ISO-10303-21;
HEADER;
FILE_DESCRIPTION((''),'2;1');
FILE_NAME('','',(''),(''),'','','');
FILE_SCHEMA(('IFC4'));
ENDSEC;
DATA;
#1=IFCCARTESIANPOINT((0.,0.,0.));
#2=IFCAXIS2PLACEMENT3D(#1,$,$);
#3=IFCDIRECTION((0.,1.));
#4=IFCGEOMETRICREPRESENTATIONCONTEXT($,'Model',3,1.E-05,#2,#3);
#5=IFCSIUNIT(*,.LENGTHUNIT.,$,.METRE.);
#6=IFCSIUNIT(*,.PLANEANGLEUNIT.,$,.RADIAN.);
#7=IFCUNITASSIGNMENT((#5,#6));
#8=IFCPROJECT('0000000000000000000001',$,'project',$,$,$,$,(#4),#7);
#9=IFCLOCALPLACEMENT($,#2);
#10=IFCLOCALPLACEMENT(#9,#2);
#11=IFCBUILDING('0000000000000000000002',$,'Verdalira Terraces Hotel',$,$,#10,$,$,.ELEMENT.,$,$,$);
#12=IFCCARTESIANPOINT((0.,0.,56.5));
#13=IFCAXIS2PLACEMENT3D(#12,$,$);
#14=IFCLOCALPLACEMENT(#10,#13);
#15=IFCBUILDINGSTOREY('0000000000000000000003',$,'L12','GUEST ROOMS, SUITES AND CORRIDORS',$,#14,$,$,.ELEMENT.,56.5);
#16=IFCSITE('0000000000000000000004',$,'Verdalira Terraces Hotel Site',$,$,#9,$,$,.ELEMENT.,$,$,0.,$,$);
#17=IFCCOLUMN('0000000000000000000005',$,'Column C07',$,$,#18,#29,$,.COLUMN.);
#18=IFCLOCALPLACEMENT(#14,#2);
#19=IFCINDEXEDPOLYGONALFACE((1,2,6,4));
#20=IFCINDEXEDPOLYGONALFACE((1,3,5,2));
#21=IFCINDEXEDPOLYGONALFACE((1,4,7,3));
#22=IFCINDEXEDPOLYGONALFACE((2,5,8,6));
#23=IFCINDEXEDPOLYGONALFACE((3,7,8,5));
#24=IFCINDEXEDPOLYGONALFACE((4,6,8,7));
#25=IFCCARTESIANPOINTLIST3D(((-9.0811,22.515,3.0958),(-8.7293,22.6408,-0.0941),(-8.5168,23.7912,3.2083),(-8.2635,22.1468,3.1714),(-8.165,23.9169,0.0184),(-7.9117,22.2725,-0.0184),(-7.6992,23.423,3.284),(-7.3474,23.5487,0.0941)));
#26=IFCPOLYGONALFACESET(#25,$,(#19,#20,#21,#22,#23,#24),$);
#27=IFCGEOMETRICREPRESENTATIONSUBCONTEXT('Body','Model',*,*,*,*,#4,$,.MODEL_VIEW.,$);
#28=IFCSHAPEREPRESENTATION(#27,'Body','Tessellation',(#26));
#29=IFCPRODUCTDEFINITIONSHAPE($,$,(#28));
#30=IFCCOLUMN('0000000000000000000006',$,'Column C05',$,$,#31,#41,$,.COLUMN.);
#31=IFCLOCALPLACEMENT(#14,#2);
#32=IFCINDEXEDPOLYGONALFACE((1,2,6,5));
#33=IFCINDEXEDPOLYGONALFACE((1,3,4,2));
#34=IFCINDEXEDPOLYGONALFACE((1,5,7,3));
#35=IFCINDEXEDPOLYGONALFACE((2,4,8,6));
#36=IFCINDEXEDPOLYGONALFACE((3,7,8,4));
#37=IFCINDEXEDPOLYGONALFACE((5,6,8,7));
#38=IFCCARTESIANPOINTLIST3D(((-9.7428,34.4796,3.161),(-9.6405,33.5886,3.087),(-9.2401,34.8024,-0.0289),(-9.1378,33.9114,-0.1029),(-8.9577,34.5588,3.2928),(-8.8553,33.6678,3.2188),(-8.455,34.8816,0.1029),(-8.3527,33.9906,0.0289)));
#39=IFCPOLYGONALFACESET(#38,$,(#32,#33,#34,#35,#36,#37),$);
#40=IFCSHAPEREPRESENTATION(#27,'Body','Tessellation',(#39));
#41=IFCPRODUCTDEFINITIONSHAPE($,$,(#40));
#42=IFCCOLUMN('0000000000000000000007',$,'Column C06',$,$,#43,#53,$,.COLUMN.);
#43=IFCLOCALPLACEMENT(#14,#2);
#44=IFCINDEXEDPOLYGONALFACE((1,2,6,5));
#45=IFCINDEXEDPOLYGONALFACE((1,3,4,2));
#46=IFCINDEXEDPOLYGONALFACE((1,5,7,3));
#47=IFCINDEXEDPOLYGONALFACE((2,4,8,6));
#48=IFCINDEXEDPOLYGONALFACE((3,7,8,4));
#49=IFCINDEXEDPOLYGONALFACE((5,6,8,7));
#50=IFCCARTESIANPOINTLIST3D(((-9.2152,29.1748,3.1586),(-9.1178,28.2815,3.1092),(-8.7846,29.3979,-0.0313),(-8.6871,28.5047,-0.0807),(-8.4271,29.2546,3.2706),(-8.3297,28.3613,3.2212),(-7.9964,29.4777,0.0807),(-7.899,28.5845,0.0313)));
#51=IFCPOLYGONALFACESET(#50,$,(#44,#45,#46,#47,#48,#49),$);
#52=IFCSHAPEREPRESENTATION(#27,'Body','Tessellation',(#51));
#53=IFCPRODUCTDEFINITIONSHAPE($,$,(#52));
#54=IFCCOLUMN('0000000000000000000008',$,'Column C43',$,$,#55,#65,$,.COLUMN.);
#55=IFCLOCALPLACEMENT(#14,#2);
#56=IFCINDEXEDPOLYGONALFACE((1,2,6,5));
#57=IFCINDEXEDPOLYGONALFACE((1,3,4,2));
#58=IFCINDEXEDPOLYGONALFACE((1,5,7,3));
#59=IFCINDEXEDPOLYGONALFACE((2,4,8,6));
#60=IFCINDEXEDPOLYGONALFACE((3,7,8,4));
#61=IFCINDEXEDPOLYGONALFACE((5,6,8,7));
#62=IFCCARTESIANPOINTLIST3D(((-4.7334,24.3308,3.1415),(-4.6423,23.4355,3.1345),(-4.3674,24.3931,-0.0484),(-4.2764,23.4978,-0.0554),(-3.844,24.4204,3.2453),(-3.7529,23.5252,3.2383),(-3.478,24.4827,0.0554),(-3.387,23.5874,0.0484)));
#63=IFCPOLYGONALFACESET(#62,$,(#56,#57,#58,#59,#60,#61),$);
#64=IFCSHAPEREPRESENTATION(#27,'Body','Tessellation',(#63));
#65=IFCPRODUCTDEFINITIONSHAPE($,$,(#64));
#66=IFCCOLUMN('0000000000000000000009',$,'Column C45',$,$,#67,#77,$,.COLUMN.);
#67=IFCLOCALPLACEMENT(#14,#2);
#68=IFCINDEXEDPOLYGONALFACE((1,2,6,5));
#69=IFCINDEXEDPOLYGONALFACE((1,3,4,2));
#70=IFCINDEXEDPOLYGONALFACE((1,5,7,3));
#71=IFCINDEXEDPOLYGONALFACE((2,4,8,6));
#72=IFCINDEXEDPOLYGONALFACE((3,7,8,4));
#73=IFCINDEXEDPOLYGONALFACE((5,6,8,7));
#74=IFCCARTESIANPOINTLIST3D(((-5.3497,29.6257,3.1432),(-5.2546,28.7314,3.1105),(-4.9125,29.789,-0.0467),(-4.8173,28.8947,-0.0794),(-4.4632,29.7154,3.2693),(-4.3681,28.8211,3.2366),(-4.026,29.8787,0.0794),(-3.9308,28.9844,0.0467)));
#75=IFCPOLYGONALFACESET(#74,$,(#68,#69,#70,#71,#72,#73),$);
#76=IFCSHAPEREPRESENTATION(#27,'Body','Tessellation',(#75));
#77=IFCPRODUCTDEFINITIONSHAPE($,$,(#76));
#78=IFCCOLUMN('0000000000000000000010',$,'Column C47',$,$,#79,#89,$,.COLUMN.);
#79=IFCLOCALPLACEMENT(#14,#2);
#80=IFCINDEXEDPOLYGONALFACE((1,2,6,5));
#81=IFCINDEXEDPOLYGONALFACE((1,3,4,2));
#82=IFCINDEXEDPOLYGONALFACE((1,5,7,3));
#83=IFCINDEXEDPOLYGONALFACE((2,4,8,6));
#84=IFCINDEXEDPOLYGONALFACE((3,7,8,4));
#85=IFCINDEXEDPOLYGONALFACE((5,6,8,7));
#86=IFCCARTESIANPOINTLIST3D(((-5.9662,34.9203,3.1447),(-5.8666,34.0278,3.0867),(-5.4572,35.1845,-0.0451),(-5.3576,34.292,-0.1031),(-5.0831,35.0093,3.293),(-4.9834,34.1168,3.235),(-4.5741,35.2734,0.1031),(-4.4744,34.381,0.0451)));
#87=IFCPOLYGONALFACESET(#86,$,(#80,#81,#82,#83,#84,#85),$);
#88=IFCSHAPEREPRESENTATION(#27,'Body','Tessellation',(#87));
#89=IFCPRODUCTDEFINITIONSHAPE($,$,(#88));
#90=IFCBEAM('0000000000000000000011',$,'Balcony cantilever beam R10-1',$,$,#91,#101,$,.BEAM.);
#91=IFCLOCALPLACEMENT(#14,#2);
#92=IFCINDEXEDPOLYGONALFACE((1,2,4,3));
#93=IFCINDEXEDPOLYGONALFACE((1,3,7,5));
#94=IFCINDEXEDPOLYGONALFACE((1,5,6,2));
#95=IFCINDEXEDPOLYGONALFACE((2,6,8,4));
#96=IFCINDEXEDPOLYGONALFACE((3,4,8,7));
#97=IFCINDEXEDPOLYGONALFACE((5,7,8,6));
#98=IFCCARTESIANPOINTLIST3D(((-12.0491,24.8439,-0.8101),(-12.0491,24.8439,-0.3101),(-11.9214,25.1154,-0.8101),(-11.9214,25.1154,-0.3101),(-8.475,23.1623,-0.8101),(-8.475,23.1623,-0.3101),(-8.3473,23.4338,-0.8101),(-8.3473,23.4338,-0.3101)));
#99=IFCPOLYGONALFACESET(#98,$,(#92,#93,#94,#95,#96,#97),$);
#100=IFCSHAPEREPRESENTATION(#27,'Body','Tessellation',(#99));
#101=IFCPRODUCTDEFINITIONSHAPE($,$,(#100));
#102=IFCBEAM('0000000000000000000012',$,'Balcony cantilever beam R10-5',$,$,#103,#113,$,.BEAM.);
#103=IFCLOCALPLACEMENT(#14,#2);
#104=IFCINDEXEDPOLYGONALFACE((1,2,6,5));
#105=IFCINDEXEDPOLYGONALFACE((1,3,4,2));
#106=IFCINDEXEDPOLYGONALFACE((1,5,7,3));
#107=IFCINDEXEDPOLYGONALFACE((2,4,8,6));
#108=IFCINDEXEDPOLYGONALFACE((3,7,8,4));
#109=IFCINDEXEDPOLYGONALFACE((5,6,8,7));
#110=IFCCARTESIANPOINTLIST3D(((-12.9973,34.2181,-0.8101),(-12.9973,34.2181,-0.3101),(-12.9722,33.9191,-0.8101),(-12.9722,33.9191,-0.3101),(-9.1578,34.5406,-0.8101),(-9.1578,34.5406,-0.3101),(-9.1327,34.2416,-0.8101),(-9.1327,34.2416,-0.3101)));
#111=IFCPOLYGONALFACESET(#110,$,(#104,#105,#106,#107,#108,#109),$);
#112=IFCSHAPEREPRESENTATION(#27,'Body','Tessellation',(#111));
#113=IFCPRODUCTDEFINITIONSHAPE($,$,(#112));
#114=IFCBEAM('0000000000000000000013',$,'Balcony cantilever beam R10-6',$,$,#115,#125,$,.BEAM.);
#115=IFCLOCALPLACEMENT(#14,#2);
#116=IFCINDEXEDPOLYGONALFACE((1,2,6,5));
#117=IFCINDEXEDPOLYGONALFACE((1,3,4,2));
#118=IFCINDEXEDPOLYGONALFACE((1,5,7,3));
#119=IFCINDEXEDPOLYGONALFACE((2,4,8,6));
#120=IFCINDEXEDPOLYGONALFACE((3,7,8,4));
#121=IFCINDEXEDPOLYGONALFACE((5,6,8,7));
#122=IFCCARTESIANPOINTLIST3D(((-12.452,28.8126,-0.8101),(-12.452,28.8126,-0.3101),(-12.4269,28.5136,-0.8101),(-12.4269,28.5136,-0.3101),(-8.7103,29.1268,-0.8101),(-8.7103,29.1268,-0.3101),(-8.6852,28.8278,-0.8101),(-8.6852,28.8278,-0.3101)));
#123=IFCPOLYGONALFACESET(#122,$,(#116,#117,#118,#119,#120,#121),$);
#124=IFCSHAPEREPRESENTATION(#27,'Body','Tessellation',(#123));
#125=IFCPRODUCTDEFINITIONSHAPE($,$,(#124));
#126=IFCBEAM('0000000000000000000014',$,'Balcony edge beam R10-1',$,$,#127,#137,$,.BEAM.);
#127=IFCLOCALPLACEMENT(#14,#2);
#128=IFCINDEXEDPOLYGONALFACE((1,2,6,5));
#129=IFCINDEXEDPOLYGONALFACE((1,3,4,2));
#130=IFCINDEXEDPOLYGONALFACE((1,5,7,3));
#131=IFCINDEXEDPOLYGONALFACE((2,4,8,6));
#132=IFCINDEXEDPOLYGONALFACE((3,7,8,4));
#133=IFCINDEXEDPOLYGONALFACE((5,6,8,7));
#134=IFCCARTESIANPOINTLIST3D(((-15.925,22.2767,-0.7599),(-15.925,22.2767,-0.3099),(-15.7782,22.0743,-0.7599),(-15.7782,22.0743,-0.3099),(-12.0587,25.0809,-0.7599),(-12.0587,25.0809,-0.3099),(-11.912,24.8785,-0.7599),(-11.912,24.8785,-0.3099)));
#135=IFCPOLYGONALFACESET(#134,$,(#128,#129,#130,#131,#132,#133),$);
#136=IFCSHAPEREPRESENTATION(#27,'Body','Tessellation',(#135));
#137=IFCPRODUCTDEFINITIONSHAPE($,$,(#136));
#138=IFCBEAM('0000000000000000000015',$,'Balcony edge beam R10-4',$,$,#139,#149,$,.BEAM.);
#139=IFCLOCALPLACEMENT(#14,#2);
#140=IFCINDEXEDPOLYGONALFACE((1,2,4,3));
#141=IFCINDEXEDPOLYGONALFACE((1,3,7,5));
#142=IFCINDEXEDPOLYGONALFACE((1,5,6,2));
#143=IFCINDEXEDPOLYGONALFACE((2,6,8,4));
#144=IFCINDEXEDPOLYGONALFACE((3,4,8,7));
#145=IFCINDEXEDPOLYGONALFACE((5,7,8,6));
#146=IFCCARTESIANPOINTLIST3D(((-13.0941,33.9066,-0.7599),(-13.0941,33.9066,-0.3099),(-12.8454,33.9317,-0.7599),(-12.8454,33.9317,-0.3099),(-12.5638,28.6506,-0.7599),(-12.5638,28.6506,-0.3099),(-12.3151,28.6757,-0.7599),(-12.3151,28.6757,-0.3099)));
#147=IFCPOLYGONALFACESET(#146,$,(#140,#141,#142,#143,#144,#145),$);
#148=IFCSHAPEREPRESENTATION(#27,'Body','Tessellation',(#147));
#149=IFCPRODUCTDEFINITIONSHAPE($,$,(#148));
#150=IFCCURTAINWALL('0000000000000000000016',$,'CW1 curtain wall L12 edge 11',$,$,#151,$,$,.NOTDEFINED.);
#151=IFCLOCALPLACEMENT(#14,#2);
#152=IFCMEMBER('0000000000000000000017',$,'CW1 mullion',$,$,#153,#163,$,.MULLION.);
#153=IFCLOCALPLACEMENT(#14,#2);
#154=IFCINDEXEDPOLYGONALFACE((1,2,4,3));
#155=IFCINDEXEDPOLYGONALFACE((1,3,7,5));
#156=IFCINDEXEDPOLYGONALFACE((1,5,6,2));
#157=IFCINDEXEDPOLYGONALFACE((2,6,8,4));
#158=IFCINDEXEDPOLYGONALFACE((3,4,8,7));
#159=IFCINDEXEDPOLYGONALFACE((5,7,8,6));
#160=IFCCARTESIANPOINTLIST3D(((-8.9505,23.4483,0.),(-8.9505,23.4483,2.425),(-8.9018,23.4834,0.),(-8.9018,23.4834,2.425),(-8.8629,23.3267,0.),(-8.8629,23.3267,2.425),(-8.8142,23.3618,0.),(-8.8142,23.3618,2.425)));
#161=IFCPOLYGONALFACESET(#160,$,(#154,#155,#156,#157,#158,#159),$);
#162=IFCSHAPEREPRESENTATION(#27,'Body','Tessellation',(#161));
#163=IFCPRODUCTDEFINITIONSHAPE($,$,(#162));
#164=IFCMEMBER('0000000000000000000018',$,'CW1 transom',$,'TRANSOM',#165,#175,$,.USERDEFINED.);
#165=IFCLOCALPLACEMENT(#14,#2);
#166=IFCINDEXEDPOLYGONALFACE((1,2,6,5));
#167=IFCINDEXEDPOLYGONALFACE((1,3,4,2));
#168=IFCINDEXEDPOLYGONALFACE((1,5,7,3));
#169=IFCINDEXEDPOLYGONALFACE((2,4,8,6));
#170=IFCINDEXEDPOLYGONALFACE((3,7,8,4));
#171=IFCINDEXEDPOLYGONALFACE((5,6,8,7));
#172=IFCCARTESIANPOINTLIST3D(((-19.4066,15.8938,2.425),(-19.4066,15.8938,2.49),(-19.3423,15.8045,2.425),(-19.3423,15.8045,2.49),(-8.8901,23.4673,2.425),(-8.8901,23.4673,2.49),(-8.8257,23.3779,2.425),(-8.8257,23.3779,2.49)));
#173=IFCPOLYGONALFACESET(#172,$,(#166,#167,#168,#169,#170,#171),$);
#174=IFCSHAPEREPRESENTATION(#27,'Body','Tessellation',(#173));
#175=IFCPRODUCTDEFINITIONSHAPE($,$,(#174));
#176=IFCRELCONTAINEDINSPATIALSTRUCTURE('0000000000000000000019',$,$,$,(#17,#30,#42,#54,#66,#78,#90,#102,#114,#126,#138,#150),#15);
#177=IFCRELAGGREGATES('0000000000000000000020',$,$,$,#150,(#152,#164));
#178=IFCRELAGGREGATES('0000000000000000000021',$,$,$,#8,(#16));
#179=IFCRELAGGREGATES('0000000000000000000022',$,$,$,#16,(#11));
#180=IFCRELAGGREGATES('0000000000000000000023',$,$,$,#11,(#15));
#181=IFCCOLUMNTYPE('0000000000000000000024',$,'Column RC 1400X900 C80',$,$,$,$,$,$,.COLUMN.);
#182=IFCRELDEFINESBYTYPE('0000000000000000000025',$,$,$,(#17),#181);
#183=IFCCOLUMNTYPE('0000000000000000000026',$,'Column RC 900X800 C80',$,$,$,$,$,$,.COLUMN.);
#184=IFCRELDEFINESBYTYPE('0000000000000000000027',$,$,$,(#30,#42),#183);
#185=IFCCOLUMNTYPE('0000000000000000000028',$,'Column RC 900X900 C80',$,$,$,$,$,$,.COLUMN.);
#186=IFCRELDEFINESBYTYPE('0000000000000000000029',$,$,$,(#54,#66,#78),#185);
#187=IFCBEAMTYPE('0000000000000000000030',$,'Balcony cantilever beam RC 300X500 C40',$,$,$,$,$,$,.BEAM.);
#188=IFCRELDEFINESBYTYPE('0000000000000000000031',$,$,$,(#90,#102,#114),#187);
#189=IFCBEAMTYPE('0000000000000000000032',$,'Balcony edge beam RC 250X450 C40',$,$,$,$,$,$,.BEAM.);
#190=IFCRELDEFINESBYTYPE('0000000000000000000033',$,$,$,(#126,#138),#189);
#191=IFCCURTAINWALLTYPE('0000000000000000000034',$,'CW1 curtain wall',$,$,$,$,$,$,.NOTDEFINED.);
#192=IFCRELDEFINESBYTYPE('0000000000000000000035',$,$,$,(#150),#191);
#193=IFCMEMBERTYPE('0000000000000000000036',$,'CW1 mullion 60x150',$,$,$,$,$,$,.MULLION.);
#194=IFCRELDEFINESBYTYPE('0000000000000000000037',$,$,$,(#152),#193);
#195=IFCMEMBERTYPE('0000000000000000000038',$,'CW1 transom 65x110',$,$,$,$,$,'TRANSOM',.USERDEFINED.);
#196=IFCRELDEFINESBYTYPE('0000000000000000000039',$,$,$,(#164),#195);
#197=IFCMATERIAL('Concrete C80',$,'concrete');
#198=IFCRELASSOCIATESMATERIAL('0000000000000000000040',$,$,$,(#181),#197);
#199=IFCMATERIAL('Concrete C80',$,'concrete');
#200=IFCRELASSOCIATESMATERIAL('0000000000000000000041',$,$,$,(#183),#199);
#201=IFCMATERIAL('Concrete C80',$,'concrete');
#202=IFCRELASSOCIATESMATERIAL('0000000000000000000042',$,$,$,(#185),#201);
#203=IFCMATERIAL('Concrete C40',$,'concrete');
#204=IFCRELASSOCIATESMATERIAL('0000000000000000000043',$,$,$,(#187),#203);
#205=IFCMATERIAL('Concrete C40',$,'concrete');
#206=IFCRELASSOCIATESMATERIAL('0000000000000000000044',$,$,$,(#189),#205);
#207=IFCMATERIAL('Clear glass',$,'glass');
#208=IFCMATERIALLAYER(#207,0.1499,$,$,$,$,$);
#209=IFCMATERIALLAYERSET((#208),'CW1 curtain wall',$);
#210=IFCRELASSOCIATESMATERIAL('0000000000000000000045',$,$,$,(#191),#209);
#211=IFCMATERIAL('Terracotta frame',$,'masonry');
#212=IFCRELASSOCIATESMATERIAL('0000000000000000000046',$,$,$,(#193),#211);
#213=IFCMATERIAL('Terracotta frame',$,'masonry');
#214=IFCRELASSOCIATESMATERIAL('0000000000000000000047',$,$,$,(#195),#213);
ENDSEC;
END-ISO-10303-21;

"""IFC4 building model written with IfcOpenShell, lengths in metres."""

from ifc_helpers import new_model, si_unit, direction, frame, origin, origin_2d, place, context, subcontext, project, spatial, rectangle, extrude, material, layer, layer_set, material_profile, profile_set, type_object, element, aggregate, save


model = new_model("IFC4")

# Units and contexts
model_context = context("Model", 3, precision=1e-05, world=origin(), true_north=direction((0.0, 1.0)))
body_context = subcontext(model_context, "Body", "Model", "MODEL_VIEW")
ifc_project = project(units=[si_unit("LENGTHUNIT", "METRE"), si_unit("PLANEANGLEUNIT", "RADIAN")], contexts=[model_context])

# Site, building, storey
site_placement = place(None, origin())
site = spatial("IfcSite", under=ifc_project, at=site_placement, Name="Verdalira Terraces Hotel Site", CompositionType="ELEMENT", RefElevation=0.0)
building_placement = place(site_placement, origin())
building = spatial("IfcBuilding", under=site, at=building_placement, Name="Verdalira Terraces Hotel", CompositionType="ELEMENT")
storey_placement = place(building_placement, frame((0.0, 0.0, 56.5)))
storey = spatial("IfcBuildingStorey", under=building, at=storey_placement, Name="L12", Description="GUEST ROOMS, SUITES AND CORRIDORS", CompositionType="ELEMENT", Elevation=56.5)

# Columns
ifc_material_1 = material(Name="Concrete C80", Category="concrete")
ifc_material_profile_1 = material_profile(ifc_material_1, rectangle(XDim=1.3999, YDim=0.8999, at=origin_2d()), Name="RC 1400X900")
ifc_profile_set_1 = profile_set([ifc_material_profile_1], Name="Concrete C80")
column_type_1 = type_object("IfcColumnType", Name="Column RC 1400X900 C80", PredefinedType="COLUMN", material=ifc_profile_set_1)
column_1_placement = place(storey_placement, frame((-8.0383, 23.0947, 0.0), z_axis=(-0.109538, -0.039148, 0.993211), x_axis=(0.403114, 0.911612, 0.080389)))
element("IfcColumn", 1, at=column_1_placement, inside=storey, type_object=column_type_1, Name="Column C07", PredefinedType="COLUMN", context=body_context, shape_type="SweptSolid", body=[
    extrude(rectangle(XDim=1.3999, YDim=0.8999, at=origin_2d()), origin(), (0.0, 0.0, 1.0), 3.2117),
])
ifc_material_2 = material(Name="Concrete C80", Category="concrete")
ifc_material_profile_2 = material_profile(ifc_material_2, rectangle(XDim=0.8999, YDim=0.8, at=origin_2d()), Name="RC 900X800")
ifc_profile_set_2 = profile_set([ifc_material_profile_2], Name="Concrete C80")
column_type_2 = type_object("IfcColumnType", Name="Column RC 900X800 C80", PredefinedType="COLUMN", material=ifc_profile_set_2)
column_2_placement = place(storey_placement, frame((-8.7964, 34.3965, 0.0), z_axis=(-0.154892, -0.09945, 0.982913), x_axis=(0.113706, -0.990103, -0.082259)))
element("IfcColumn", 2, at=column_2_placement, inside=storey, type_object=column_type_2, Name="Column C05", PredefinedType="COLUMN", context=body_context, shape_type="SweptSolid", body=[
    extrude(rectangle(XDim=0.8999, YDim=0.8, at=origin_2d()), origin(), (0.0, 0.0, 1.0), 3.2454),
])
column_3_placement = place(storey_placement, frame((-8.3418, 28.9912, 0.0), z_axis=(-0.133473, -0.069158, 0.988637), x_axis=(0.108284, -0.992608, -0.054816)))
element("IfcColumn", 3, at=column_3_placement, inside=storey, type_object=column_type_2, Name="Column C06", PredefinedType="COLUMN", context=body_context, shape_type="SweptSolid", body=[
    extrude(rectangle(XDim=0.8999, YDim=0.8, at=origin_2d()), origin(), (0.0, 0.0, 1.0), 3.2266),
])
ifc_material_3 = material(Name="Concrete C80", Category="concrete")
ifc_material_profile_3 = material_profile(ifc_material_3, rectangle(XDim=0.8999, YDim=0.8999, at=origin_2d()), Name="RC 900X900")
ifc_profile_set_3 = profile_set([ifc_material_profile_3], Name="Concrete C80")
column_type_3 = type_object("IfcColumnType", Name="Column RC 900X900 C80", PredefinedType="COLUMN", material=ifc_profile_set_3)
column_4_placement = place(storey_placement, frame((-3.8772, 23.9902, 0.0), z_axis=(-0.113956, -0.019385, 0.993297), x_axis=(-0.101151, 0.99484, 0.007811)))
element("IfcColumn", 4, at=column_4_placement, inside=storey, type_object=column_type_3, Name="Column C43", PredefinedType="COLUMN", context=body_context, shape_type="SweptSolid", body=[
    extrude(rectangle(XDim=0.8999, YDim=0.8999, at=origin_2d()), origin(), (0.0, 0.0, 1.0), 3.2114),
])
column_5_placement = place(storey_placement, frame((-4.4216, 29.3867, 0.0), z_axis=(-0.135629, -0.050662, 0.989464), x_axis=(-0.105731, 0.993729, 0.036388)))
element("IfcColumn", 5, at=column_5_placement, inside=storey, type_object=column_type_3, Name="Column C45", PredefinedType="COLUMN", context=body_context, shape_type="SweptSolid", body=[
    extrude(rectangle(XDim=0.8999, YDim=0.8999, at=origin_2d()), origin(), (0.0, 0.0, 1.0), 3.2239),
])
column_6_placement = place(storey_placement, frame((-4.9658, 34.7827, 0.0), z_axis=(-0.157056, -0.081504, 0.984221), x_axis=(-0.110747, 0.991756, 0.064455)))
element("IfcColumn", 6, at=column_6_placement, inside=storey, type_object=column_type_3, Name="Column C47", PredefinedType="COLUMN", context=body_context, shape_type="SweptSolid", body=[
    extrude(rectangle(XDim=0.8999, YDim=0.8999, at=origin_2d()), origin(), (0.0, 0.0, 1.0), 3.241),
])

# Beams
ifc_material_4 = material(Name="Concrete C40", Category="concrete")
ifc_material_profile_4 = material_profile(ifc_material_4, rectangle(XDim=0.3, YDim=0.5, at=origin_2d()), Name="RC 300X500")
ifc_profile_set_4 = profile_set([ifc_material_profile_4], Name="Concrete C40")
beam_type_1 = type_object("IfcBeamType", Name="Balcony cantilever beam RC 300X500 C40", PredefinedType="BEAM", material=ifc_profile_set_4)
beam_1_placement = place(storey_placement, frame((-8.4111, 23.2981, -0.5601), z_axis=(-0.904852, 0.425726, 0.0), x_axis=(-0.425726, -0.904852, 0.0)))
element("IfcBeam", 7, at=beam_1_placement, inside=storey, type_object=beam_type_1, Name="Balcony cantilever beam R10-1", PredefinedType="BEAM", context=body_context, shape_type="SweptSolid", body=[
    extrude(rectangle(XDim=0.3, YDim=0.5, at=origin_2d()), origin(), (0.0, 0.0, 1.0), 3.95),
])
beam_2_placement = place(storey_placement, frame((-9.1453, 34.3911, -0.5601), z_axis=(-0.996491, -0.083701, 0.0), x_axis=(0.083701, -0.996491, 0.0)))
element("IfcBeam", 8, at=beam_2_placement, inside=storey, type_object=beam_type_1, Name="Balcony cantilever beam R10-5", PredefinedType="BEAM", context=body_context, shape_type="SweptSolid", body=[
    extrude(rectangle(XDim=0.3, YDim=0.5, at=origin_2d()), origin(), (0.0, 0.0, 1.0), 3.853),
])
beam_3_placement = place(storey_placement, frame((-8.6978, 28.9773, -0.5601), z_axis=(-0.996493, -0.08368, 0.0), x_axis=(0.08368, -0.996493, 0.0)))
element("IfcBeam", 9, at=beam_3_placement, inside=storey, type_object=beam_type_1, Name="Balcony cantilever beam R10-6", PredefinedType="BEAM", context=body_context, shape_type="SweptSolid", body=[
    extrude(rectangle(XDim=0.3, YDim=0.5, at=origin_2d()), origin(), (0.0, 0.0, 1.0), 3.7549),
])
ifc_material_5 = material(Name="Concrete C40", Category="concrete")
ifc_material_profile_5 = material_profile(ifc_material_5, rectangle(XDim=0.25, YDim=0.45, at=origin_2d()), Name="RC 250X450")
ifc_profile_set_5 = profile_set([ifc_material_profile_5], Name="Concrete C40")
beam_type_2 = type_object("IfcBeamType", Name="Balcony edge beam RC 250X450 C40", PredefinedType="BEAM", material=ifc_profile_set_5)
beam_4_placement = place(storey_placement, frame((-11.9854, 24.9797, -0.5349), z_axis=(-0.809491, -0.587132, 0.0), x_axis=(0.587132, -0.809491, 0.0)))
element("IfcBeam", 10, at=beam_4_placement, inside=storey, type_object=beam_type_2, Name="Balcony edge beam R10-1", PredefinedType="BEAM", context=body_context, shape_type="SweptSolid", body=[
    extrude(rectangle(XDim=0.25, YDim=0.45, at=origin_2d()), origin(), (0.0, 0.0, 1.0), 4.7761),
])
beam_5_placement = place(storey_placement, frame((-12.9697, 33.9192, -0.5349), z_axis=(0.100378, -0.994949, 0.0), x_axis=(0.994949, 0.100378, 0.0)))
element("IfcBeam", 11, at=beam_5_placement, inside=storey, type_object=beam_type_2, Name="Balcony edge beam R10-4", PredefinedType="BEAM", context=body_context, shape_type="SweptSolid", body=[
    extrude(rectangle(XDim=0.25, YDim=0.45, at=origin_2d()), origin(), (0.0, 0.0, 1.0), 5.2827),
])

# Curtain wall, members
ifc_material_6 = material(Name="Clear glass", Category="glass")
ifc_layer_1 = layer(ifc_material_6, 0.1499)
ifc_layer_set_1 = layer_set([ifc_layer_1], Name="CW1 curtain wall")
curtain_wall_type_1 = type_object("IfcCurtainWallType", Name="CW1 curtain wall", PredefinedType="NOTDEFINED", material=ifc_layer_set_1)
curtain_wall_1_placement = place(storey_placement, origin())
curtain_wall_1 = element("IfcCurtainWall", 12, at=curtain_wall_1_placement, inside=storey, type_object=curtain_wall_type_1, Name="CW1 curtain wall L12 edge 11", PredefinedType="NOTDEFINED")
ifc_material_7 = material(Name="Terracotta frame", Category="masonry")
ifc_material_profile_6 = material_profile(ifc_material_7, rectangle(XDim=0.0601, YDim=0.1499, at=origin_2d()), Name="MU 60x150")
ifc_profile_set_6 = profile_set([ifc_material_profile_6], Name="Terracotta frame")
member_type_1 = type_object("IfcMemberType", Name="CW1 mullion 60x150", PredefinedType="MULLION", material=ifc_profile_set_6)
member_1_placement = place(storey_placement, frame((-8.8823, 23.405, 0.0), z_axis=(0.0, 0.0, 1.0), x_axis=(-0.811472, -0.584391, 0.0)))
member_1 = element("IfcMember", 13, at=member_1_placement, type_object=member_type_1, Name="CW1 mullion", PredefinedType="MULLION", context=body_context, shape_type="SweptSolid", body=[
    extrude(rectangle(XDim=0.0601, YDim=0.1499, at=origin_2d()), origin(), (0.0, 0.0, 1.0), 2.425),
])
ifc_material_8 = material(Name="Terracotta frame", Category="masonry")
ifc_material_profile_7 = material_profile(ifc_material_8, rectangle(XDim=0.1101, YDim=0.0649, at=origin_2d()), Name="TR 65x110")
ifc_profile_set_7 = profile_set([ifc_material_profile_7], Name="Terracotta frame")
member_type_2 = type_object("IfcMemberType", Name="CW1 transom 65x110", ElementType="TRANSOM", PredefinedType="USERDEFINED", material=ifc_profile_set_7)
member_2_placement = place(storey_placement, frame((-8.8579, 23.4226, 2.4575), z_axis=(-0.811478, -0.584383, 0.0), x_axis=(0.584383, -0.811478, 0.0)))
member_2 = element("IfcMember", 14, at=member_2_placement, type_object=member_type_2, Name="CW1 transom", ObjectType="TRANSOM", PredefinedType="USERDEFINED", context=body_context, shape_type="SweptSolid", body=[
    extrude(rectangle(XDim=0.1101, YDim=0.0649, at=origin_2d()), origin(), (0.0, 0.0, 1.0), 12.9597),
])

aggregate(curtain_wall_1, [member_1, member_2])

save(model, "model.ifc")
